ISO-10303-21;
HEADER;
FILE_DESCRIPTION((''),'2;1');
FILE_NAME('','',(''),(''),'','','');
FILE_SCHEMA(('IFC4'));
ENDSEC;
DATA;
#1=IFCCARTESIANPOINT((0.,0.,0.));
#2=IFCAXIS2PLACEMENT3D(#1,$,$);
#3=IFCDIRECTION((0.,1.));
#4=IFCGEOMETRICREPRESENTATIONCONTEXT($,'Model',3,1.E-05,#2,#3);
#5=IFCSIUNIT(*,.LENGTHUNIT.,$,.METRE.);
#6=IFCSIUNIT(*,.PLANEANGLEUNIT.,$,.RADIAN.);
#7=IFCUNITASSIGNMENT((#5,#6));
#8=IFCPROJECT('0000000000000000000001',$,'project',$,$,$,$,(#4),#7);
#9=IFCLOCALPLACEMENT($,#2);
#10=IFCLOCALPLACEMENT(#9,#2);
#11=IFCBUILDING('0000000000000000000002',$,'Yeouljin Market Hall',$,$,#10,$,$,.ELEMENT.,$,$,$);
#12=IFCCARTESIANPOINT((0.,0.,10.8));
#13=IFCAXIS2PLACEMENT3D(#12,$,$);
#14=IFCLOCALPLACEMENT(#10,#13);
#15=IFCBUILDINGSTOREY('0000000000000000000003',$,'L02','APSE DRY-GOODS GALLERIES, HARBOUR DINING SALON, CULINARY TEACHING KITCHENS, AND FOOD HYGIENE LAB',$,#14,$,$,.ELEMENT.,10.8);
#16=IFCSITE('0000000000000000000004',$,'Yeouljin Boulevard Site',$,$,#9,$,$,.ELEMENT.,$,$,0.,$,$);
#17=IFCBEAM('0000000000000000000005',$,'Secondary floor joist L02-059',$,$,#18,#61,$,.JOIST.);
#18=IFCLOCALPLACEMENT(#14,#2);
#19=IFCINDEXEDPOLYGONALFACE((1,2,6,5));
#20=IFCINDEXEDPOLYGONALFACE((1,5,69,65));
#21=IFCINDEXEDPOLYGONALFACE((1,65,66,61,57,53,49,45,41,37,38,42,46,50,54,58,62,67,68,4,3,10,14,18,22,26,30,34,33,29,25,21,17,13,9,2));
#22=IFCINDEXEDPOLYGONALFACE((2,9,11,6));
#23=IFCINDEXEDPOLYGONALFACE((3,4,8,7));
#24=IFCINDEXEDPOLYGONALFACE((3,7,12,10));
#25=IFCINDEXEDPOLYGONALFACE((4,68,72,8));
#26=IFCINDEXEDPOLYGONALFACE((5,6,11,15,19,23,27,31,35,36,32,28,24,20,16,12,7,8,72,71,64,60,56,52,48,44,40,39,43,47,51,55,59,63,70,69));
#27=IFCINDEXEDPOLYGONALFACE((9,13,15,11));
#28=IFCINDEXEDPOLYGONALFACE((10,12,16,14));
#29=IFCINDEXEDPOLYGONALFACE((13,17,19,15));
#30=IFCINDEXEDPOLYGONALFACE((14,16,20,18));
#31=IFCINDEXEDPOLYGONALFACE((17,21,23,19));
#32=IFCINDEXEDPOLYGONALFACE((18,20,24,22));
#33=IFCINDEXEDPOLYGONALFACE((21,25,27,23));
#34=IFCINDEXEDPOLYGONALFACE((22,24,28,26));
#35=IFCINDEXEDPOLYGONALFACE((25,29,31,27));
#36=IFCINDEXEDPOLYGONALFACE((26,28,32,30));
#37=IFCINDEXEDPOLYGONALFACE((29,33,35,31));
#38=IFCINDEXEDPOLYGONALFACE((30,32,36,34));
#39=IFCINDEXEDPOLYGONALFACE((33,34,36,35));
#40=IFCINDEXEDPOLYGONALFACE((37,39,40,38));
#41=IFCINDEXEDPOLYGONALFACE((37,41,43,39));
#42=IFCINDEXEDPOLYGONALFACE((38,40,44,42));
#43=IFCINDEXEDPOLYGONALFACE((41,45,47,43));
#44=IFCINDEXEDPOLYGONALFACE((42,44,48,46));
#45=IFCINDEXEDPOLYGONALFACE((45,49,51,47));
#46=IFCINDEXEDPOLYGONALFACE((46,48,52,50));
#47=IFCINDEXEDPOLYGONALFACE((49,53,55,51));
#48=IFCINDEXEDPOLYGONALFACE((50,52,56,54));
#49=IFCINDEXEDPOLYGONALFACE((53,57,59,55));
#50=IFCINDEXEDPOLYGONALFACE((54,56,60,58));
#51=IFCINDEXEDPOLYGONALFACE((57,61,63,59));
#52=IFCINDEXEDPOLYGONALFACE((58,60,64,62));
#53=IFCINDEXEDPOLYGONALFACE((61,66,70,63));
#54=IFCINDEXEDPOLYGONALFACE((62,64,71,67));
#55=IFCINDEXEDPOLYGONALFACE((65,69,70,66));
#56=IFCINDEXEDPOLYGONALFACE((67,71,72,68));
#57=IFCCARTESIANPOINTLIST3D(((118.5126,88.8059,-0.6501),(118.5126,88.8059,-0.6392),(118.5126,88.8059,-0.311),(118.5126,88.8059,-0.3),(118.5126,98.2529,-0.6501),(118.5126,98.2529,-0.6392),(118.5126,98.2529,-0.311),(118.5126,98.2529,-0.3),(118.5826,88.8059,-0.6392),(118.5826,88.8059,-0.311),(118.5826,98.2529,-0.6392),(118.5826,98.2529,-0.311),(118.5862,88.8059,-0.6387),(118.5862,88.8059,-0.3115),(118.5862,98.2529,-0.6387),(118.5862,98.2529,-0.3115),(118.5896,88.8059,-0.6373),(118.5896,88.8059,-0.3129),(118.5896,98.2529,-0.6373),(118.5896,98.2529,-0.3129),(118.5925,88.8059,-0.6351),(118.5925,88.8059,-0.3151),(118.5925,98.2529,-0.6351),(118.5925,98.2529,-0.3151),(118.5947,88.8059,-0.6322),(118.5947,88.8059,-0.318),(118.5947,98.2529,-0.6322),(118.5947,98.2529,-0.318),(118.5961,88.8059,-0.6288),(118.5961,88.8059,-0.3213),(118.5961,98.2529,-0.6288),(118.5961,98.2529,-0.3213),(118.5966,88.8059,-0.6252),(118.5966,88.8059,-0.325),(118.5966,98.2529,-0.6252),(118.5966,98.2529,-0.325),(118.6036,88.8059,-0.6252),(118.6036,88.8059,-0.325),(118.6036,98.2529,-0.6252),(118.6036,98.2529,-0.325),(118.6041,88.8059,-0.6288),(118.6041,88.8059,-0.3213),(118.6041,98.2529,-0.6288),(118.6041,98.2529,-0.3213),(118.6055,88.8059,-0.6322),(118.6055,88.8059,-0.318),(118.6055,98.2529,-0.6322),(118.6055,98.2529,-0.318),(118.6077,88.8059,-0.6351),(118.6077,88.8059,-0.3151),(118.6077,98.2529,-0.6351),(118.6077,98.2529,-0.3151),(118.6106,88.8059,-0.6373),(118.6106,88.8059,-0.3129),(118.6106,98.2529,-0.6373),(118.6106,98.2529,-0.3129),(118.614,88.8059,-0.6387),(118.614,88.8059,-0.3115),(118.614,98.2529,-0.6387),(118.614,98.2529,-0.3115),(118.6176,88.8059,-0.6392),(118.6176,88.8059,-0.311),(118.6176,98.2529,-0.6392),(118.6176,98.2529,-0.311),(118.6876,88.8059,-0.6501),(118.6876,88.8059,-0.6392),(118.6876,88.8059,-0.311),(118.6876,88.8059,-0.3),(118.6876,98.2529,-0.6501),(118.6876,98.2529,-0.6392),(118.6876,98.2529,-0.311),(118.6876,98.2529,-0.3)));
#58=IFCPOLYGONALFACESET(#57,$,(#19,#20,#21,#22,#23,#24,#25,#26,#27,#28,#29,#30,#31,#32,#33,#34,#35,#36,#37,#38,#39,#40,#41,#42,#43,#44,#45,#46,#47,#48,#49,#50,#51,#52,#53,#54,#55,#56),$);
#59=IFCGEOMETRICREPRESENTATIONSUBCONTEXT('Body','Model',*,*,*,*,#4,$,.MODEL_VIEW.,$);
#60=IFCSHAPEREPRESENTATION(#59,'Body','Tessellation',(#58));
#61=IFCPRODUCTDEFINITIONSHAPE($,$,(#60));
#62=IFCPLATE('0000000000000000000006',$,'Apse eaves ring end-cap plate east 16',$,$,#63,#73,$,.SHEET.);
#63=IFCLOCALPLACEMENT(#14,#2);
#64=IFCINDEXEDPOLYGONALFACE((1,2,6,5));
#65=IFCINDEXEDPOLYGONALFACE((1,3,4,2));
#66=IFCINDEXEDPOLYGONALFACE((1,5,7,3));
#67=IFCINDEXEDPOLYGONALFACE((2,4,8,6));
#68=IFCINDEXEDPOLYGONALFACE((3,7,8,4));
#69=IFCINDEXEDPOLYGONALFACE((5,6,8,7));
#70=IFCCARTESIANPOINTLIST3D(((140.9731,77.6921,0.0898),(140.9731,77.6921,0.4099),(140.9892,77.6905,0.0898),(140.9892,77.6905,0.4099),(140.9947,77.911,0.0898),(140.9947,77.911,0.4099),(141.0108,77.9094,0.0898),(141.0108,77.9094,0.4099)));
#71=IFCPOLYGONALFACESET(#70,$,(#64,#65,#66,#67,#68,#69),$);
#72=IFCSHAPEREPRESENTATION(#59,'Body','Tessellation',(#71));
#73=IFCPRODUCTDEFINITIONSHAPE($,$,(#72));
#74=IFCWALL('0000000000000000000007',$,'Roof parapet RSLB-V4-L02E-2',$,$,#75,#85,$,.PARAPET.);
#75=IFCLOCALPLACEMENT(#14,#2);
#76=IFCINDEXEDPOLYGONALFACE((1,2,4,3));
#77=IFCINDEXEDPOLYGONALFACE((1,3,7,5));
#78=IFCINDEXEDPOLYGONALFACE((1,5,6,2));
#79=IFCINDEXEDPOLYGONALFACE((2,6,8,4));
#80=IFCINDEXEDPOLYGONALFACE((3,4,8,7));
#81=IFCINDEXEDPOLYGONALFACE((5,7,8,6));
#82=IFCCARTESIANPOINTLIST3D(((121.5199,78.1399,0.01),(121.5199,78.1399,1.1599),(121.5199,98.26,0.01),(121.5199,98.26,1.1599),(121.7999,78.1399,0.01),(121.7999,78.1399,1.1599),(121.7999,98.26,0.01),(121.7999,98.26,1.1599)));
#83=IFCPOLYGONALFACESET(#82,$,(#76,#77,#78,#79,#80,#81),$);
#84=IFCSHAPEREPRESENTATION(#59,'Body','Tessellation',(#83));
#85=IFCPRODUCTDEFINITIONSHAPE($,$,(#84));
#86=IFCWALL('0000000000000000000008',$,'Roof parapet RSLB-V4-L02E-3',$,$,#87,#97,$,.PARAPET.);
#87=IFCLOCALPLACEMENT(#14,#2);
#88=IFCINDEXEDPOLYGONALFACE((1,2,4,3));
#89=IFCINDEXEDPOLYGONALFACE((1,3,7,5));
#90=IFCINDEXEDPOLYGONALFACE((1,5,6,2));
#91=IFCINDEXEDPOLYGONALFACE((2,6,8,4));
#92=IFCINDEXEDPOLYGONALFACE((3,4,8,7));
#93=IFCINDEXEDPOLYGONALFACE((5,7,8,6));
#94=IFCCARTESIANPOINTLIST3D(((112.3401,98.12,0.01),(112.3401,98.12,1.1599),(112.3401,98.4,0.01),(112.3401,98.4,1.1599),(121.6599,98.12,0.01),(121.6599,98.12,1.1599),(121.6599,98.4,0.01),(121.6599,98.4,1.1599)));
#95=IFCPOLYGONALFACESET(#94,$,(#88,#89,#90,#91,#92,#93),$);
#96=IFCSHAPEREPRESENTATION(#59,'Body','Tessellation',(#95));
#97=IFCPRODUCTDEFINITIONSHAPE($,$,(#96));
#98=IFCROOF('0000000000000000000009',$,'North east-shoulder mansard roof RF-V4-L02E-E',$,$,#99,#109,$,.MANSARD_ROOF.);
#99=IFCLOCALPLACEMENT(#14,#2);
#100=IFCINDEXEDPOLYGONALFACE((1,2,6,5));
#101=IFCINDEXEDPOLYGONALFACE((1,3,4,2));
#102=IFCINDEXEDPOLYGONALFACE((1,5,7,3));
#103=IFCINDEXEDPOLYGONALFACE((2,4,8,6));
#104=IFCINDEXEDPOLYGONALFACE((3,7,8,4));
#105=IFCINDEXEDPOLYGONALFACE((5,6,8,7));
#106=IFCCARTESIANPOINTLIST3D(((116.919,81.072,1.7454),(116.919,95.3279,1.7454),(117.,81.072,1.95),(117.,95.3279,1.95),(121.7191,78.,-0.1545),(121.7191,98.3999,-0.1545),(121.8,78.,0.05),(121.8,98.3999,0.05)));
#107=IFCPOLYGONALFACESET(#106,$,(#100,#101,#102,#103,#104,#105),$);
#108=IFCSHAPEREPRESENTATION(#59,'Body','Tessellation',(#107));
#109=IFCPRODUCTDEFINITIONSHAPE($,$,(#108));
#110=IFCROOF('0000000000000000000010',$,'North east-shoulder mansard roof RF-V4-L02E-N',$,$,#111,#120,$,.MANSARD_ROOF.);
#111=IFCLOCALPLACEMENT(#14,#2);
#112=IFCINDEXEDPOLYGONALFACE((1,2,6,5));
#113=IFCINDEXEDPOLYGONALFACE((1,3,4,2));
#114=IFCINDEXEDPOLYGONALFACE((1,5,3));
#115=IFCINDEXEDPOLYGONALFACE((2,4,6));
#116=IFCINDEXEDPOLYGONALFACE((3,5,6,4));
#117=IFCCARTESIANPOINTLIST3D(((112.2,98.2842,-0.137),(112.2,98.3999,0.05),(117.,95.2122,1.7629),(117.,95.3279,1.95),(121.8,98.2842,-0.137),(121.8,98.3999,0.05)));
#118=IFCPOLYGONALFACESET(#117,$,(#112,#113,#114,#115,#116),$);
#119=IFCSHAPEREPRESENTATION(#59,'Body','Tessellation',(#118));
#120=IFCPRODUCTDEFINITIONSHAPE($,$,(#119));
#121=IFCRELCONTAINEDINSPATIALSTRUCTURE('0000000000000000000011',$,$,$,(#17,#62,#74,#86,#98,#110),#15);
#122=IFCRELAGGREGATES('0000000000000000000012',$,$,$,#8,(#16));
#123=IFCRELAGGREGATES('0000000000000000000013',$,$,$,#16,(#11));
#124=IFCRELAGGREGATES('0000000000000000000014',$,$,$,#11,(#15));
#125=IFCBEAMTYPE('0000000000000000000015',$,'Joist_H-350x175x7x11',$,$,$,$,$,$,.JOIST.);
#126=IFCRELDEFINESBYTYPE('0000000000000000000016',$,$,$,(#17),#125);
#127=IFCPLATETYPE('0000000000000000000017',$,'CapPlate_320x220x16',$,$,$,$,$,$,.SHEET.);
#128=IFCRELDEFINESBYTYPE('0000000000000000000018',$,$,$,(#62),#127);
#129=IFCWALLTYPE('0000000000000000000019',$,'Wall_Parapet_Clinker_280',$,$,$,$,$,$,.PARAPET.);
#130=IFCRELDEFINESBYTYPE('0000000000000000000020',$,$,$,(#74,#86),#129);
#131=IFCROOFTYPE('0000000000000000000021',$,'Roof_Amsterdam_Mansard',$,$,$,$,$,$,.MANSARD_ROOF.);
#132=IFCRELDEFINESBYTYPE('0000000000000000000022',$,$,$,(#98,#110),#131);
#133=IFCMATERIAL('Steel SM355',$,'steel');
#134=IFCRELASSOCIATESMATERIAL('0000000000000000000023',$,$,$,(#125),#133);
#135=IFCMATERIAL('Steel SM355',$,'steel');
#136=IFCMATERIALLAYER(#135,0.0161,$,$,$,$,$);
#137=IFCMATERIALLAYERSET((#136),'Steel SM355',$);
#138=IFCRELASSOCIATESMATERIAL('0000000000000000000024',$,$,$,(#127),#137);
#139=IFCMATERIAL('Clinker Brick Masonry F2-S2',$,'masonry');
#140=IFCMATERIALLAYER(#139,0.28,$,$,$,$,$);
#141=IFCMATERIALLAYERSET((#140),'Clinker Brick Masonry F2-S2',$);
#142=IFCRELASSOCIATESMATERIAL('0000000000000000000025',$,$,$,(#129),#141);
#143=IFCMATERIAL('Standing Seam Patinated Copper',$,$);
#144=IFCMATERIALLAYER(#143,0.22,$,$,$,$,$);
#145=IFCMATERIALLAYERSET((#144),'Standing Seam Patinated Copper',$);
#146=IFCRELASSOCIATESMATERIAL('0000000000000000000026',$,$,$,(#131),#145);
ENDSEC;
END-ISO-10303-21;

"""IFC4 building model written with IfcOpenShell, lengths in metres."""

from ifc_helpers import new_model, si_unit, direction, frame, frame_2d, origin, origin_2d, place, context, subcontext, project, spatial, polyline, rectangle, i_section, outline, extrude, material, layer, layer_set, material_profile, profile_set, type_object, element, save


model = new_model("IFC4")

# Units and contexts
model_context = context("Model", 3, precision=1e-05, world=origin(), true_north=direction((0.0, 1.0)))
body_context = subcontext(model_context, "Body", "Model", "MODEL_VIEW")
ifc_project = project(units=[si_unit("LENGTHUNIT", "METRE"), si_unit("PLANEANGLEUNIT", "RADIAN")], contexts=[model_context])

# Site, building, storey
site_placement = place(None, origin())
site = spatial("IfcSite", under=ifc_project, at=site_placement, Name="Yeouljin Boulevard Site", CompositionType="ELEMENT", RefElevation=0.0)
building_placement = place(site_placement, origin())
building = spatial("IfcBuilding", under=site, at=building_placement, Name="Yeouljin Market Hall", CompositionType="ELEMENT")
storey_placement = place(building_placement, frame((0.0, 0.0, 10.8)))
storey = spatial("IfcBuildingStorey", under=building, at=storey_placement, Name="L02", Description="APSE DRY-GOODS GALLERIES, HARBOUR DINING SALON, CULINARY TEACHING KITCHENS, AND FOOD HYGIENE LAB", CompositionType="ELEMENT", Elevation=10.8)

# Beam
ifc_material_1 = material(Name="Steel SM355", Category="steel")
ifc_material_profile_1 = material_profile(ifc_material_1, i_section(OverallWidth=0.175, OverallDepth=0.3501, WebThickness=0.0071, FlangeThickness=0.011, FilletRadius=0.0139, at=origin_2d()), Name="H-350x175x7x11")
ifc_profile_set_1 = profile_set([ifc_material_profile_1], Name="Steel SM355")
beam_type_1 = type_object("IfcBeamType", Name="Joist_H-350x175x7x11", PredefinedType="JOIST", material=ifc_profile_set_1)
for number, where, z_axis, x_axis, name in (
    (1, (118.6001, 88.8059, -0.4751), (0.0, 1.0, 0.0), (-1.0, 0.0, 0.0), "Secondary floor joist L02-059"),
):
    element("IfcBeam", number, at=place(storey_placement, frame(where, z_axis=z_axis, x_axis=x_axis)), inside=storey, type_object=beam_type_1, Name=name, PredefinedType="JOIST", context=body_context, shape_type="SweptSolid", body=[
        extrude(i_section(OverallWidth=0.175, OverallDepth=0.3501, WebThickness=0.0071, FlangeThickness=0.011, FilletRadius=0.0139, at=origin_2d()), origin(), (0.0, 0.0, 1.0), 9.447),
    ])

# Plate
ifc_material_2 = material(Name="Steel SM355", Category="steel")
ifc_layer_1 = layer(ifc_material_2, 0.0161)
ifc_layer_set_1 = layer_set([ifc_layer_1], Name="Steel SM355")
plate_type = type_object("IfcPlateType", Name="CapPlate_320x220x16", PredefinedType="SHEET", material=ifc_layer_set_1)
plate_placement = place(storey_placement, frame((140.9919, 77.8008, 0.0898), z_axis=(0.0, 0.0, 1.0), x_axis=(-0.098104, -0.995176, 0.0)))
element("IfcPlate", 2, at=plate_placement, inside=storey, type_object=plate_type, Name="Apse eaves ring end-cap plate east 16", PredefinedType="SHEET", context=body_context, shape_type="SweptSolid", body=[
    extrude(rectangle(XDim=0.22, YDim=0.0161, at=origin_2d()), origin(), (0.0, 0.0, 1.0), 0.3201),
])

# Walls
ifc_material_3 = material(Name="Clinker Brick Masonry F2-S2", Category="masonry")
ifc_layer_2 = layer(ifc_material_3, 0.28)
ifc_layer_set_2 = layer_set([ifc_layer_2], Name="Clinker Brick Masonry F2-S2")
wall_type = type_object("IfcWallType", Name="Wall_Parapet_Clinker_280", PredefinedType="PARAPET", material=ifc_layer_set_2)
wall_1_placement = place(storey_placement, frame((121.6599, 78.1399, 0.01), z_axis=(0.0, 0.0, 1.0), x_axis=(0.0, 1.0, 0.0)))
element("IfcWall", 3, at=wall_1_placement, inside=storey, type_object=wall_type, Name="Roof parapet RSLB-V4-L02E-2", PredefinedType="PARAPET", context=body_context, shape_type="SweptSolid", body=[
    extrude(rectangle(XDim=20.1201, YDim=0.28, at=frame_2d((10.0601, 0.0))), origin(), (0.0, 0.0, 1.0), 1.1499),
])
wall_2_placement = place(storey_placement, frame((121.6599, 98.26, 0.01), z_axis=(0.0, 0.0, 1.0), x_axis=(-1.0, 0.0, 0.0)))
element("IfcWall", 4, at=wall_2_placement, inside=storey, type_object=wall_type, Name="Roof parapet RSLB-V4-L02E-3", PredefinedType="PARAPET", context=body_context, shape_type="SweptSolid", body=[
    extrude(rectangle(XDim=9.3198, YDim=0.28, at=frame_2d((4.6599, 0.0))), origin(), (0.0, 0.0, 1.0), 1.1499),
])

# Roofs
ifc_material_4 = material(Name="Standing Seam Patinated Copper")
ifc_layer_3 = layer(ifc_material_4, 0.22)
ifc_layer_set_3 = layer_set([ifc_layer_3], Name="Standing Seam Patinated Copper")
roof_type = type_object("IfcRoofType", Name="Roof_Amsterdam_Mansard", PredefinedType="MANSARD_ROOF", material=ifc_layer_set_3)
roof_1_placement = place(storey_placement, frame((121.8, 78.0, 0.05), z_axis=(0.368029, 0.0, 0.929814), x_axis=(0.0, 1.0, 0.0)))
element("IfcRoof", 5, at=roof_1_placement, inside=storey, type_object=roof_type, Name="North east-shoulder mansard roof RF-V4-L02E-E", PredefinedType="MANSARD_ROOF", context=body_context, shape_type="SweptSolid", body=[
    extrude(outline(polyline([(0.0, 0.0), (20.3999, 0.0), (17.3279, 5.1624), (3.072, 5.1624), (0.0, 0.0)])), origin(), (0.0, 0.0, -1.0), 0.22),
])
roof_2_placement = place(storey_placement, frame((121.8, 98.3999, 0.05), z_axis=(0.0, 0.525989, 0.850491), x_axis=(-1.0, 0.0, 0.0)))
element("IfcRoof", 6, at=roof_2_placement, inside=storey, type_object=roof_type, Name="North east-shoulder mansard roof RF-V4-L02E-N", PredefinedType="MANSARD_ROOF", context=body_context, shape_type="SweptSolid", body=[
    extrude(outline(polyline([(0.0, 0.0), (9.6001, 0.0), (4.8, 3.6121), (0.0, 0.0)])), origin(), (0.0, 0.0, -1.0), 0.22),
])

save(model, "model.ifc")
